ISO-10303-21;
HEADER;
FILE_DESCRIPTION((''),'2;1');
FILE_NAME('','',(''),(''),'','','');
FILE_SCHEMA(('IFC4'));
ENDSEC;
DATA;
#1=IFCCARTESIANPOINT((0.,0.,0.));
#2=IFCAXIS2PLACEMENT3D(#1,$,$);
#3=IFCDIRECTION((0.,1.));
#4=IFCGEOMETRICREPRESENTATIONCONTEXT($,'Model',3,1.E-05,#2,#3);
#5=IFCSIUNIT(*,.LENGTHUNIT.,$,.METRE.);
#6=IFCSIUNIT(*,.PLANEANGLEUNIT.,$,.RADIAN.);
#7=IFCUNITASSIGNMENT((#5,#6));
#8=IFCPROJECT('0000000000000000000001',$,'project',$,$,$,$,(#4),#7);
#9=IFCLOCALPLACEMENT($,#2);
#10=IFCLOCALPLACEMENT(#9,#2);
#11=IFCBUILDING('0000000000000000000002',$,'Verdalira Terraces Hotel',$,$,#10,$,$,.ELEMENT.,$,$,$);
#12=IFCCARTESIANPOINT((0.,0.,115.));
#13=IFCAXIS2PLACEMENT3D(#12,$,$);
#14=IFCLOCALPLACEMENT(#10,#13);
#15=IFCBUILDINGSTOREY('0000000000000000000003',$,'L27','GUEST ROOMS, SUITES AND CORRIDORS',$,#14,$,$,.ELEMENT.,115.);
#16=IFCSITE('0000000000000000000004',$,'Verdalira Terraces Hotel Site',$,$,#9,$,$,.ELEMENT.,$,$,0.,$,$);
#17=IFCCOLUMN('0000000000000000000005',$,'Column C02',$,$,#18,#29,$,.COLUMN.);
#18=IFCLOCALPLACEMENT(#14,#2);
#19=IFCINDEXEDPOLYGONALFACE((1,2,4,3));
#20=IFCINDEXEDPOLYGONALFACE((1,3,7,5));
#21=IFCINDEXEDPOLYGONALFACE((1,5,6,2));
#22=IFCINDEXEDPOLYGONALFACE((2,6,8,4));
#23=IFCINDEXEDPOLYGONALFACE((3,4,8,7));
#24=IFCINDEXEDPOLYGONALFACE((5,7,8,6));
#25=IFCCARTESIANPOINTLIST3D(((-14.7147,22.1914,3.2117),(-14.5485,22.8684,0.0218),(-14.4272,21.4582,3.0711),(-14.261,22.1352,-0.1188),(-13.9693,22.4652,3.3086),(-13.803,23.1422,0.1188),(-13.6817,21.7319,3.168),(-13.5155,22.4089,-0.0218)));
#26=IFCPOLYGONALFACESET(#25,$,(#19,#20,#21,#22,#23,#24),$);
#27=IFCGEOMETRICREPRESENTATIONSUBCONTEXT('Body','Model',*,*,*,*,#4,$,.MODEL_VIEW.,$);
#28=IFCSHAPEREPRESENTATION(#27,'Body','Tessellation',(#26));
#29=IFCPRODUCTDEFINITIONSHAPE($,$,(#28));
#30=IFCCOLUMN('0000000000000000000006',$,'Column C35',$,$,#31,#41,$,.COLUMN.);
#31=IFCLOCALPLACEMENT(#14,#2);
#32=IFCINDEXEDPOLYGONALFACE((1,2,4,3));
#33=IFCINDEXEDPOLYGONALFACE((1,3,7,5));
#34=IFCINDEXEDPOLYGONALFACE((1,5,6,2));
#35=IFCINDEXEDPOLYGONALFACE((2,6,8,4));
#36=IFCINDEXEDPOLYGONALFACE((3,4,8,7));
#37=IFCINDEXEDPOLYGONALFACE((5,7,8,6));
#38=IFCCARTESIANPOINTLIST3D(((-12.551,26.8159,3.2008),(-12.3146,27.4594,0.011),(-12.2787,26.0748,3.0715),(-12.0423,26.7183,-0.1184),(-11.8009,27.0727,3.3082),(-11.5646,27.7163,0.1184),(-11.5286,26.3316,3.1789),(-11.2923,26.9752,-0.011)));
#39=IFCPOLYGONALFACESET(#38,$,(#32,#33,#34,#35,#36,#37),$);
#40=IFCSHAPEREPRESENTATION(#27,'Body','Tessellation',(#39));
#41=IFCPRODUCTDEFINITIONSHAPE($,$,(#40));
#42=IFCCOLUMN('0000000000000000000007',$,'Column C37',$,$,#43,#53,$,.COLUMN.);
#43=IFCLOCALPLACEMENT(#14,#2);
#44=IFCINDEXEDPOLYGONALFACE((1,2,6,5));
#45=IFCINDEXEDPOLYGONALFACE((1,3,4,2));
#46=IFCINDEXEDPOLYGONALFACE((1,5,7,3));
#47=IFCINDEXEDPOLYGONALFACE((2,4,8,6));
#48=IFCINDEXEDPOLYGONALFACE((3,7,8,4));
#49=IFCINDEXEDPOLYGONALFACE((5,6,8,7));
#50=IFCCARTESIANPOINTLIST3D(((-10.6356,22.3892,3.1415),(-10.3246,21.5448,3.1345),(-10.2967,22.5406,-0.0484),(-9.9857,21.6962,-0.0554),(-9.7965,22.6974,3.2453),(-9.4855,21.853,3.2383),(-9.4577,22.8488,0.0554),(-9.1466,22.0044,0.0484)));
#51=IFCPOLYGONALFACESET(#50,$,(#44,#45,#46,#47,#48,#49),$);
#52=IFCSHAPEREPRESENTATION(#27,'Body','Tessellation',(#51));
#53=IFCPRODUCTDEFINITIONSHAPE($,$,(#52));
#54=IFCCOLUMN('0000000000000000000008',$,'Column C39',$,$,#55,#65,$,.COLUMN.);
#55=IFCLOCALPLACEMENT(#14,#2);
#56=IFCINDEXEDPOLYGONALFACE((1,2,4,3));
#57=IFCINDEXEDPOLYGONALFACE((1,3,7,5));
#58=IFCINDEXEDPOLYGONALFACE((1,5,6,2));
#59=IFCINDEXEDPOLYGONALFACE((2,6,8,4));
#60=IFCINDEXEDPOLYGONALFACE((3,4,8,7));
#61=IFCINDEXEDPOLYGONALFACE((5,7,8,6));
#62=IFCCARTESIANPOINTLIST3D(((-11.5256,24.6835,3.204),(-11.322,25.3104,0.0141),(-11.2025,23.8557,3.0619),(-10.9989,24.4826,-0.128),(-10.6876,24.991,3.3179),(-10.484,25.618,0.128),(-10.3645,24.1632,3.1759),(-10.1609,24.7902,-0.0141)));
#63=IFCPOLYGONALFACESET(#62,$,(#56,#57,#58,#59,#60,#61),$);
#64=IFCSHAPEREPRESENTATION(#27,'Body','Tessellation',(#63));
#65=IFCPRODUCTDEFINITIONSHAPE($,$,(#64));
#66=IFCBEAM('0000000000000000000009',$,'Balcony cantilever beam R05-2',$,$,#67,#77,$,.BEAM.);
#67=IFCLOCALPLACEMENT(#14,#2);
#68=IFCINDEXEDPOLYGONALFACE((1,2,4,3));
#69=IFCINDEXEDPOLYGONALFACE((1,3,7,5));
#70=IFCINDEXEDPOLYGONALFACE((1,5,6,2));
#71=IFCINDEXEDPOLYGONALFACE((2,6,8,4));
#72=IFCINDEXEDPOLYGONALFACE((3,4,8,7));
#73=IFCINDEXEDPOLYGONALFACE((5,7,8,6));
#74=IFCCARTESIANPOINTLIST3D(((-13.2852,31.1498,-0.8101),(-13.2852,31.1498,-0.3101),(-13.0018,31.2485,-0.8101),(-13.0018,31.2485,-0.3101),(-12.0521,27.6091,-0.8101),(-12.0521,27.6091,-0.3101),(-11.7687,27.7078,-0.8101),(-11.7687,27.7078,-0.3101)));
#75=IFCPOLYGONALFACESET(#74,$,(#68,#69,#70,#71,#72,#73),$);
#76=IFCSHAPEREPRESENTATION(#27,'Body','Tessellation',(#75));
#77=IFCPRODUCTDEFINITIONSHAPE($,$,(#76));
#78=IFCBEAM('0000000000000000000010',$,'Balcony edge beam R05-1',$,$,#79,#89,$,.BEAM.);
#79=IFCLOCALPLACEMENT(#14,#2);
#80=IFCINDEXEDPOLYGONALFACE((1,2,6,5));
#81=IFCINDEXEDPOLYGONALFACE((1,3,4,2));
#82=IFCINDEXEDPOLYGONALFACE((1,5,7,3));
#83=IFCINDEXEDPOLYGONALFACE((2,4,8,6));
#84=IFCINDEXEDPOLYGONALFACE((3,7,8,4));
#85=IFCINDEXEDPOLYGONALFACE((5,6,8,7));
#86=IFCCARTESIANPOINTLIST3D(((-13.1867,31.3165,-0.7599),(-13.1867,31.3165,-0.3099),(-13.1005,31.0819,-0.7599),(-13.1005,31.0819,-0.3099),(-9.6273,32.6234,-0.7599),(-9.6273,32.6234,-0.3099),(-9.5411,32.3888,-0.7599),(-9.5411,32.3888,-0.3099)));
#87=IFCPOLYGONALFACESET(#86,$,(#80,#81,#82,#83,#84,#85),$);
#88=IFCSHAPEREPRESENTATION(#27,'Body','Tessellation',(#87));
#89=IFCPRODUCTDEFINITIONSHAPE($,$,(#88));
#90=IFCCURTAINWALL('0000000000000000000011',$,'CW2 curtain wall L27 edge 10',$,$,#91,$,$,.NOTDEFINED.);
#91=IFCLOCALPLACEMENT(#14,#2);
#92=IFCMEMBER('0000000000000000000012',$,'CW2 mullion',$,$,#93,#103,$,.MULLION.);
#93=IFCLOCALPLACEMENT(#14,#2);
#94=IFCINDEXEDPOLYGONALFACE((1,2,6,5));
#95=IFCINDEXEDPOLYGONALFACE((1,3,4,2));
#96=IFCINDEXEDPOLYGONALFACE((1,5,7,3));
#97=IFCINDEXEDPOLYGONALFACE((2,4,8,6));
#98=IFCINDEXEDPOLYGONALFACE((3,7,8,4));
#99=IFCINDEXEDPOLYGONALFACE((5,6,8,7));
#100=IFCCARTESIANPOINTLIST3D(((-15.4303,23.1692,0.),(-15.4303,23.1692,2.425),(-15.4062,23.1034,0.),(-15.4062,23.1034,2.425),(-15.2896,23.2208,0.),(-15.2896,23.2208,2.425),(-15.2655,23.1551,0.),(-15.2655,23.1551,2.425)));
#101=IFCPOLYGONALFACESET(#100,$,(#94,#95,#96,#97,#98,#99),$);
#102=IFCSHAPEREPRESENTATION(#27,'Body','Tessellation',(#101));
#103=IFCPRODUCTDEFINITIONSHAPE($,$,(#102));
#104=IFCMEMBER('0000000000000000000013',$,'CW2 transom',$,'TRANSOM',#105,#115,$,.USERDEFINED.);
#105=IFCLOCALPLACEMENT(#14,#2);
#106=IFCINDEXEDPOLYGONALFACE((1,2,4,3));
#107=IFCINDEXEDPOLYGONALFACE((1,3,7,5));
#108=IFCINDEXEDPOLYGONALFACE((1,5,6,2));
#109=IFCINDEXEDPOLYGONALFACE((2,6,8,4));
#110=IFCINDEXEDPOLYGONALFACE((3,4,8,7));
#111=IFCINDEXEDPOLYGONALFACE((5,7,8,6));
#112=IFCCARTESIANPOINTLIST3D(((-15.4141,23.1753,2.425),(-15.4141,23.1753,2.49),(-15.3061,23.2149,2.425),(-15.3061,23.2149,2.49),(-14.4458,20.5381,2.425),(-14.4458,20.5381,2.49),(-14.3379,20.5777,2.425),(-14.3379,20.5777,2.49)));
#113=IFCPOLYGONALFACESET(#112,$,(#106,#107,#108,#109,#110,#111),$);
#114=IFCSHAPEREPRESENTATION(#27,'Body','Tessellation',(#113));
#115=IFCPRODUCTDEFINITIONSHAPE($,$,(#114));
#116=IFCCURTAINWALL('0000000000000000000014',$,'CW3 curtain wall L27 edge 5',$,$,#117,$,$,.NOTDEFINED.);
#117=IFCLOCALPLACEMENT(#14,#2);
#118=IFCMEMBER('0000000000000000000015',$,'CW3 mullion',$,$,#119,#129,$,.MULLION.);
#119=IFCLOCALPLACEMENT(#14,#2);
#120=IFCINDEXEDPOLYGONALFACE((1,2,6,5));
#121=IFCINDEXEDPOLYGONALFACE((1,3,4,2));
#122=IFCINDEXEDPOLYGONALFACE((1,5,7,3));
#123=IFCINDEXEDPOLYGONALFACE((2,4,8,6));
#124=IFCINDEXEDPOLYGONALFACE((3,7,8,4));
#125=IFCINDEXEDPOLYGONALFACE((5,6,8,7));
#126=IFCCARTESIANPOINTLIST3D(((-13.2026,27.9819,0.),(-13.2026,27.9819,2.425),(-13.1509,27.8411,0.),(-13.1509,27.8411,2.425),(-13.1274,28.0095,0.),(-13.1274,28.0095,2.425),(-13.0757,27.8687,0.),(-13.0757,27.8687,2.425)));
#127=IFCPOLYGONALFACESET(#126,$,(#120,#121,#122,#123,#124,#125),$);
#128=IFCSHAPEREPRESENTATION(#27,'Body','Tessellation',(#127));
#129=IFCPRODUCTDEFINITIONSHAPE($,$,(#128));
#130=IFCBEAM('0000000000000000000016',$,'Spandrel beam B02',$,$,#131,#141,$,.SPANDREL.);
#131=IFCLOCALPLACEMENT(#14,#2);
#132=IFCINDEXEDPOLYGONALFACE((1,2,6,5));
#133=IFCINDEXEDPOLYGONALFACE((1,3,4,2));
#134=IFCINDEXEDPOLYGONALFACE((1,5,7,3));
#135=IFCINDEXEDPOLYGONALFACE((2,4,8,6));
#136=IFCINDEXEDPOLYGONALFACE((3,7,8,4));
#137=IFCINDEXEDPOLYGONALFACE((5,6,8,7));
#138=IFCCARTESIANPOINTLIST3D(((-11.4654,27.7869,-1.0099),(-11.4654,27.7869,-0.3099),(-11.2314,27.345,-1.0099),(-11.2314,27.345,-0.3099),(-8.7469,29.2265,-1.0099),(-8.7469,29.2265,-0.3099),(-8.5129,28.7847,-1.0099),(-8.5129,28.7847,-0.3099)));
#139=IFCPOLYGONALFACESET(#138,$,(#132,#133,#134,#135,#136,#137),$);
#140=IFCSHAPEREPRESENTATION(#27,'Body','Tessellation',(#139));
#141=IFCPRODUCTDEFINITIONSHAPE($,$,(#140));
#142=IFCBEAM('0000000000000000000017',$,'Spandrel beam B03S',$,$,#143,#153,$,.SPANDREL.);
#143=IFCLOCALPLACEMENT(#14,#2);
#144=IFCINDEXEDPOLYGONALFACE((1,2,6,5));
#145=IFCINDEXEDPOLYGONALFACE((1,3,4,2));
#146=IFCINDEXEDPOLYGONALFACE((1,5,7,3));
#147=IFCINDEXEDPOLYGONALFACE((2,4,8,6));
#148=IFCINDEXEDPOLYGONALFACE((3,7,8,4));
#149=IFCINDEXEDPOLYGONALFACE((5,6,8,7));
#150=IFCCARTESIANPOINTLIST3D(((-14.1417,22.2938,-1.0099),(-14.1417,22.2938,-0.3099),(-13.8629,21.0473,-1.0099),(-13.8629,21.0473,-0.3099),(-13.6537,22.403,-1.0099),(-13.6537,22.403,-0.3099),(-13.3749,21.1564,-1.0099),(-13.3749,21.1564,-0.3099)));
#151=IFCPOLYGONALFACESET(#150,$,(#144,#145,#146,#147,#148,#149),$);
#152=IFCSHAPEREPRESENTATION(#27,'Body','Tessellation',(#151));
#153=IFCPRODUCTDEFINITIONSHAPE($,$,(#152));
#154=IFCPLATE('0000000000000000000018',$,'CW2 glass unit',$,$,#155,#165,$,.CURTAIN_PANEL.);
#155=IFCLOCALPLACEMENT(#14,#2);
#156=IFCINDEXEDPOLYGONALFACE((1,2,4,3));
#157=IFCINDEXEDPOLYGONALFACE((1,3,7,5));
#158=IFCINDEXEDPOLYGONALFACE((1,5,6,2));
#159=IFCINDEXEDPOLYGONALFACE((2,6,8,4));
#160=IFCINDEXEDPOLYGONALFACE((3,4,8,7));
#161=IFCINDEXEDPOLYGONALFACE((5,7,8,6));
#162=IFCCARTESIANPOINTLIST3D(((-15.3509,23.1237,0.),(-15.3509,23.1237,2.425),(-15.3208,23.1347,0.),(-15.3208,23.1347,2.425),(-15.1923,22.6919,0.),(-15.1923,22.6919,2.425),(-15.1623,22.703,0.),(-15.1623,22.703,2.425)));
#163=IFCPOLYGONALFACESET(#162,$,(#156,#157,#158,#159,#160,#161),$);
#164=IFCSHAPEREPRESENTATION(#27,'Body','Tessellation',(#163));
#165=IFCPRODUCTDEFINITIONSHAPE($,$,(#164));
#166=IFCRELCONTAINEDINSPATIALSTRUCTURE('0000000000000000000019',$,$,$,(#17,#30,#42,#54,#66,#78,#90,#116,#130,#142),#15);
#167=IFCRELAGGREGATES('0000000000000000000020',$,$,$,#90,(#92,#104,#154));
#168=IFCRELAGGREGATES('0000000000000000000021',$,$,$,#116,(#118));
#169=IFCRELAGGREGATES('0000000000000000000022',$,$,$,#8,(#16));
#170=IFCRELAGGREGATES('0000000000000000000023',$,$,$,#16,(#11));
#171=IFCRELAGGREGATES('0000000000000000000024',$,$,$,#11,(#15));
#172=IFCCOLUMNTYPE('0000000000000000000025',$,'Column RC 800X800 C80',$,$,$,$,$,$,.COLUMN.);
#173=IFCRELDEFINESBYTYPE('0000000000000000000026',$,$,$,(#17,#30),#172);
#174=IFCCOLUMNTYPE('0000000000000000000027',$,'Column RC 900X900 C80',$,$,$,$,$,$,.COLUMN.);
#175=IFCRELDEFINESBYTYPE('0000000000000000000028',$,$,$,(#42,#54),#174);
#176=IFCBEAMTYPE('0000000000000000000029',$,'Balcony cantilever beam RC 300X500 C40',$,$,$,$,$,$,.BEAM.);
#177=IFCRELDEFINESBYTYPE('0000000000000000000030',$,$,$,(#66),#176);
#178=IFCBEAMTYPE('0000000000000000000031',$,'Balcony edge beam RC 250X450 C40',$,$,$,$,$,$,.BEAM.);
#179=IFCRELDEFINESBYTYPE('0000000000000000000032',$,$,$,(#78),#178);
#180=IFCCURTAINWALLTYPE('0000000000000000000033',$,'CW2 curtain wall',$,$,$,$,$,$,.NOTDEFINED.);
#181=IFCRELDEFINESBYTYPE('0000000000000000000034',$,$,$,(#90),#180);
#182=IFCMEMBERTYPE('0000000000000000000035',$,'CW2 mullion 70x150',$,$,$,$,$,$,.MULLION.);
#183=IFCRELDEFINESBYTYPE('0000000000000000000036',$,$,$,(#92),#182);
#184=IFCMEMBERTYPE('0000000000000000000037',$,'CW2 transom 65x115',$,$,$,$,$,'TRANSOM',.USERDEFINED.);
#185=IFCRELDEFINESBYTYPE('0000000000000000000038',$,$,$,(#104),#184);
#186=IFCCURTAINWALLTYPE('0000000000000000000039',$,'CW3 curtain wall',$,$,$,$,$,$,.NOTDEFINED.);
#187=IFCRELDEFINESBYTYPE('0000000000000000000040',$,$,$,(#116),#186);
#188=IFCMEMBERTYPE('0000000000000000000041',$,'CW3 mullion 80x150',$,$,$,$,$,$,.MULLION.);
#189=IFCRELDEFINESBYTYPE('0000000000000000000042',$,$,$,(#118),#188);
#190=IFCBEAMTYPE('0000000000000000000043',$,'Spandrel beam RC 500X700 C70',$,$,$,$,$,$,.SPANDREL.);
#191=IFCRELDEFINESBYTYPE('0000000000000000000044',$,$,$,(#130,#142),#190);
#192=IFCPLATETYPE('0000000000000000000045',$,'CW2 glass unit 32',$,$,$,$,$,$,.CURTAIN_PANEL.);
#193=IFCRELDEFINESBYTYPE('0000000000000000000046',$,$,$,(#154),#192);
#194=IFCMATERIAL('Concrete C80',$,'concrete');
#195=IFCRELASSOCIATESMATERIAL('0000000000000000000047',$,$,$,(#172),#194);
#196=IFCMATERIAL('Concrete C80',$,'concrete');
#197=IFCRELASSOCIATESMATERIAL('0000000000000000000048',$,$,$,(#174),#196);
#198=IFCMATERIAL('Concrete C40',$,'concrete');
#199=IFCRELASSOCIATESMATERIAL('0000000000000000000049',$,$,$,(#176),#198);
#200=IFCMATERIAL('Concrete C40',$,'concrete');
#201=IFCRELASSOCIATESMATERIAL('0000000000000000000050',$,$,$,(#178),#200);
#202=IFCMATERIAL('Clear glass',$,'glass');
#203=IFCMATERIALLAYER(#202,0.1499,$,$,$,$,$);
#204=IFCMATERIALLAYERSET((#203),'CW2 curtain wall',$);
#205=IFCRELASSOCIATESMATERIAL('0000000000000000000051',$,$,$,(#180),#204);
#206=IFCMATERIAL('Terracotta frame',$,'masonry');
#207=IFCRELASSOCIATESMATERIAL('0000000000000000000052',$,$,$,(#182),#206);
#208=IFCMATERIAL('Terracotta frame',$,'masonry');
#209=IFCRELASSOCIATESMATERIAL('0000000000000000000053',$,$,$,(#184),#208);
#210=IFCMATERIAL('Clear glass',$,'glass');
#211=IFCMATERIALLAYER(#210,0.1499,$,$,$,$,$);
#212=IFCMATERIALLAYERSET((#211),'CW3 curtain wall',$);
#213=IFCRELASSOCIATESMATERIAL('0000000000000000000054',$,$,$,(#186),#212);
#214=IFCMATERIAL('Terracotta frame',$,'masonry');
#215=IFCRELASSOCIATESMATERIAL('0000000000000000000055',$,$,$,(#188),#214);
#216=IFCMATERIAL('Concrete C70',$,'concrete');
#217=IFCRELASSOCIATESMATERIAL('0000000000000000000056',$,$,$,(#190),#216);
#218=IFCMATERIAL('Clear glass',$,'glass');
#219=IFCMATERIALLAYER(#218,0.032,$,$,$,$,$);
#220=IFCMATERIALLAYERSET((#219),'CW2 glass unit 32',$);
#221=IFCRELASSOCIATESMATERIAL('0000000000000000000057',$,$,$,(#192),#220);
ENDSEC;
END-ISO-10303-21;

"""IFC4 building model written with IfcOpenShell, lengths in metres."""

from ifc_helpers import new_model, si_unit, direction, frame, origin, origin_2d, place, context, subcontext, project, spatial, rectangle, extrude, material, layer, layer_set, material_profile, profile_set, type_object, element, aggregate, save


model = new_model("IFC4")

# Units and contexts
model_context = context("Model", 3, precision=1e-05, world=origin(), true_north=direction((0.0, 1.0)))
body_context = subcontext(model_context, "Body", "Model", "MODEL_VIEW")
ifc_project = project(units=[si_unit("LENGTHUNIT", "METRE"), si_unit("PLANEANGLEUNIT", "RADIAN")], contexts=[model_context])

# Site, building, storey
site_placement = place(None, origin())
site = spatial("IfcSite", under=ifc_project, at=site_placement, Name="Verdalira Terraces Hotel Site", CompositionType="ELEMENT", RefElevation=0.0)
building_placement = place(site_placement, origin())
building = spatial("IfcBuilding", under=site, at=building_placement, Name="Verdalira Terraces Hotel", CompositionType="ELEMENT")
storey_placement = place(building_placement, frame((0.0, 0.0, 115.0)))
storey = spatial("IfcBuildingStorey", under=building, at=storey_placement, Name="L27", Description="GUEST ROOMS, SUITES AND CORRIDORS", CompositionType="ELEMENT", Elevation=115.0)

# Columns
ifc_material_1 = material(Name="Concrete C80", Category="concrete")
ifc_material_profile_1 = material_profile(ifc_material_1, rectangle(XDim=0.8, YDim=0.8, at=origin_2d()), Name="RC 800X800")
ifc_profile_set_1 = profile_set([ifc_material_profile_1], Name="Concrete C80")
column_type_1 = type_object("IfcColumnType", Name="Column RC 800X800 C80", PredefinedType="COLUMN", material=ifc_profile_set_1)
column_1_placement = place(storey_placement, frame((-14.032, 22.6387, 0.0), z_axis=(-0.050918, -0.207337, 0.976944), x_axis=(0.359403, -0.916479, -0.175772)))
element("IfcColumn", 1, at=column_1_placement, inside=storey, type_object=column_type_1, Name="Column C02", PredefinedType="COLUMN", context=body_context, shape_type="SweptSolid", body=[
    extrude(rectangle(XDim=0.8, YDim=0.8, at=origin_2d()), origin(), (0.0, 0.0, 1.0), 3.2651),
])
column_2_placement = place(storey_placement, frame((-11.8035, 27.2173, 0.0), z_axis=(-0.072432, -0.197241, 0.977676), x_axis=(-0.937506, -0.321039, -0.134224)))
element("IfcColumn", 2, at=column_2_placement, inside=storey, type_object=column_type_1, Name="Column C35", PredefinedType="COLUMN", context=body_context, shape_type="SweptSolid", body=[
    extrude(rectangle(XDim=0.8, YDim=0.8, at=origin_2d()), origin(), (0.0, 0.0, 1.0), 3.2627),
])
ifc_material_2 = material(Name="Concrete C80", Category="concrete")
ifc_material_profile_2 = material_profile(ifc_material_2, rectangle(XDim=0.8999, YDim=0.8999, at=origin_2d()), Name="RC 900X900")
ifc_profile_set_2 = profile_set([ifc_material_profile_2], Name="Concrete C80")
column_type_2 = type_object("IfcColumnType", Name="Column RC 900X900 C80", PredefinedType="COLUMN", material=ifc_profile_set_2)
column_3_placement = place(storey_placement, frame((-9.7217, 22.2725, 0.0), z_axis=(-0.105518, -0.047133, 0.9933), x_axis=(-0.34563, 0.938338, 0.007809)))
element("IfcColumn", 3, at=column_3_placement, inside=storey, type_object=column_type_2, Name="Column C37", PredefinedType="COLUMN", context=body_context, shape_type="SweptSolid", body=[
    extrude(rectangle(XDim=0.8999, YDim=0.8999, at=origin_2d()), origin(), (0.0, 0.0, 1.0), 3.2114),
])
column_4_placement = place(storey_placement, frame((-10.7415, 25.0503, 0.0), z_axis=(-0.062509, -0.192474, 0.979309), x_axis=(-0.359051, 0.919869, 0.157873)))
element("IfcColumn", 4, at=column_4_placement, inside=storey, type_object=column_type_2, Name="Column C39", PredefinedType="COLUMN", context=body_context, shape_type="SweptSolid", body=[
    extrude(rectangle(XDim=0.8999, YDim=0.8999, at=origin_2d()), origin(), (0.0, 0.0, 1.0), 3.2573),
])

# Beams
ifc_material_3 = material(Name="Concrete C40", Category="concrete")
ifc_material_profile_3 = material_profile(ifc_material_3, rectangle(XDim=0.3, YDim=0.5, at=origin_2d()), Name="RC 300X500")
ifc_profile_set_3 = profile_set([ifc_material_profile_3], Name="Concrete C40")
beam_type_1 = type_object("IfcBeamType", Name="Balcony cantilever beam RC 300X500 C40", PredefinedType="BEAM", material=ifc_profile_set_3)
beam_1_placement = place(storey_placement, frame((-11.9104, 27.6584, -0.5601), z_axis=(-0.328897, 0.944366, 0.0), x_axis=(-0.944366, -0.328897, 0.0)))
element("IfcBeam", 5, at=beam_1_placement, inside=storey, type_object=beam_type_1, Name="Balcony cantilever beam R05-2", PredefinedType="BEAM", context=body_context, shape_type="SweptSolid", body=[
    extrude(rectangle(XDim=0.3, YDim=0.5, at=origin_2d()), origin(), (0.0, 0.0, 1.0), 3.7493),
])
ifc_material_4 = material(Name="Concrete C40", Category="concrete")
ifc_material_profile_4 = material_profile(ifc_material_4, rectangle(XDim=0.25, YDim=0.45, at=origin_2d()), Name="RC 250X450")
ifc_profile_set_4 = profile_set([ifc_material_profile_4], Name="Concrete C40")
beam_type_2 = type_object("IfcBeamType", Name="Balcony edge beam RC 250X450 C40", PredefinedType="BEAM", material=ifc_profile_set_4)
beam_2_placement = place(storey_placement, frame((-9.5842, 32.5061, -0.5349), z_axis=(-0.938723, -0.344673, 0.0), x_axis=(0.344673, -0.938723, 0.0)))
element("IfcBeam", 6, at=beam_2_placement, inside=storey, type_object=beam_type_2, Name="Balcony edge beam R05-1", PredefinedType="BEAM", context=body_context, shape_type="SweptSolid", body=[
    extrude(rectangle(XDim=0.25, YDim=0.45, at=origin_2d()), origin(), (0.0, 0.0, 1.0), 3.7917),
])

# Curtain wall, members
ifc_material_5 = material(Name="Clear glass", Category="glass")
ifc_layer_1 = layer(ifc_material_5, 0.1499)
ifc_layer_set_1 = layer_set([ifc_layer_1], Name="CW2 curtain wall")
curtain_wall_type_1 = type_object("IfcCurtainWallType", Name="CW2 curtain wall", PredefinedType="NOTDEFINED", material=ifc_layer_set_1)
curtain_wall_1_placement = place(storey_placement, origin())
curtain_wall_1 = element("IfcCurtainWall", 7, at=curtain_wall_1_placement, inside=storey, type_object=curtain_wall_type_1, Name="CW2 curtain wall L27 edge 10", PredefinedType="NOTDEFINED")
ifc_material_6 = material(Name="Terracotta frame", Category="masonry")
ifc_material_profile_5 = material_profile(ifc_material_6, rectangle(XDim=0.0701, YDim=0.1499, at=origin_2d()), Name="MU 70x150")
ifc_profile_set_5 = profile_set([ifc_material_profile_5], Name="Terracotta frame")
member_type_1 = type_object("IfcMemberType", Name="CW2 mullion 70x150", PredefinedType="MULLION", material=ifc_profile_set_5)
member_1_placement = place(storey_placement, frame((-15.3479, 23.1621, 0.0), z_axis=(0.0, 0.0, 1.0), x_axis=(0.344643, -0.938734, 0.0)))
member_1 = element("IfcMember", 8, at=member_1_placement, type_object=member_type_1, Name="CW2 mullion", PredefinedType="MULLION", context=body_context, shape_type="SweptSolid", body=[
    extrude(rectangle(XDim=0.0701, YDim=0.1499, at=origin_2d()), origin(), (0.0, 0.0, 1.0), 2.425),
])
ifc_material_7 = material(Name="Terracotta frame", Category="masonry")
ifc_material_profile_6 = material_profile(ifc_material_7, rectangle(XDim=0.115, YDim=0.0649, at=origin_2d()), Name="TR 65x115")
ifc_profile_set_6 = profile_set([ifc_material_profile_6], Name="Terracotta frame")
member_type_2 = type_object("IfcMemberType", Name="CW2 transom 65x115", ElementType="TRANSOM", PredefinedType="USERDEFINED", material=ifc_profile_set_6)
member_2_placement = place(storey_placement, frame((-15.3601, 23.1951, 2.4575), z_axis=(0.344658, -0.938728, 0.0), x_axis=(0.938728, 0.344658, 0.0)))
member_2 = element("IfcMember", 9, at=member_2_placement, type_object=member_type_2, Name="CW2 transom", ObjectType="TRANSOM", PredefinedType="USERDEFINED", context=body_context, shape_type="SweptSolid", body=[
    extrude(rectangle(XDim=0.115, YDim=0.0649, at=origin_2d()), origin(), (0.0, 0.0, 1.0), 2.8093),
])

# Curtain wall, member
ifc_material_8 = material(Name="Clear glass", Category="glass")
ifc_layer_2 = layer(ifc_material_8, 0.1499)
ifc_layer_set_2 = layer_set([ifc_layer_2], Name="CW3 curtain wall")
curtain_wall_type_2 = type_object("IfcCurtainWallType", Name="CW3 curtain wall", PredefinedType="NOTDEFINED", material=ifc_layer_set_2)
curtain_wall_2_placement = place(storey_placement, origin())
curtain_wall_2 = element("IfcCurtainWall", 10, at=curtain_wall_2_placement, inside=storey, type_object=curtain_wall_type_2, Name="CW3 curtain wall L27 edge 5", PredefinedType="NOTDEFINED")
ifc_material_9 = material(Name="Terracotta frame", Category="masonry")
ifc_material_profile_7 = material_profile(ifc_material_9, rectangle(XDim=0.0801, YDim=0.1499, at=origin_2d()), Name="MU 80x150")
ifc_profile_set_7 = profile_set([ifc_material_profile_7], Name="Terracotta frame")
member_type_3 = type_object("IfcMemberType", Name="CW3 mullion 80x150", PredefinedType="MULLION", material=ifc_profile_set_7)
member_3_placement = place(storey_placement, frame((-13.1392, 27.9253, 0.0), z_axis=(0.0, 0.0, 1.0), x_axis=(-0.938734, -0.344643, 0.0)))
member_3 = element("IfcMember", 11, at=member_3_placement, type_object=member_type_3, Name="CW3 mullion", PredefinedType="MULLION", context=body_context, shape_type="SweptSolid", body=[
    extrude(rectangle(XDim=0.0801, YDim=0.1499, at=origin_2d()), origin(), (0.0, 0.0, 1.0), 2.425),
])

# Beams
ifc_material_10 = material(Name="Concrete C70", Category="concrete")
ifc_material_profile_8 = material_profile(ifc_material_10, rectangle(XDim=0.5, YDim=0.7, at=origin_2d()), Name="RC 500X700")
ifc_profile_set_8 = profile_set([ifc_material_profile_8], Name="Concrete C70")
beam_type_3 = type_object("IfcBeamType", Name="Spandrel beam RC 500X700 C70", PredefinedType="SPANDREL", material=ifc_profile_set_8)
beam_3_placement = place(storey_placement, frame((-8.6299, 29.0056, -0.6599), z_axis=(-0.883722, -0.468012, 0.0), x_axis=(0.468012, -0.883722, 0.0)))
element("IfcBeam", 12, at=beam_3_placement, inside=storey, type_object=beam_type_3, Name="Spandrel beam B02", PredefinedType="SPANDREL", context=body_context, shape_type="SweptSolid", body=[
    extrude(rectangle(XDim=0.5, YDim=0.7, at=origin_2d()), origin(), (0.0, 0.0, 1.0), 3.0762),
])
beam_4_placement = place(storey_placement, frame((-13.8977, 22.3484, -0.6599), z_axis=(0.218266, -0.975889, 0.0), x_axis=(0.975889, 0.218266, 0.0)))
element("IfcBeam", 13, at=beam_4_placement, inside=storey, type_object=beam_type_3, Name="Spandrel beam B03S", PredefinedType="SPANDREL", context=body_context, shape_type="SweptSolid", body=[
    extrude(rectangle(XDim=0.5, YDim=0.7, at=origin_2d()), origin(), (0.0, 0.0, 1.0), 1.2773),
])

# Plate
ifc_material_11 = material(Name="Clear glass", Category="glass")
ifc_layer_3 = layer(ifc_material_11, 0.032)
ifc_layer_set_3 = layer_set([ifc_layer_3], Name="CW2 glass unit 32")
plate_type_1 = type_object("IfcPlateType", Name="CW2 glass unit 32", PredefinedType="CURTAIN_PANEL", material=ifc_layer_set_3)
plate_1_placement = place(storey_placement, frame((-15.2566, 22.9133, 0.0), z_axis=(0.0, 0.0, 1.0), x_axis=(0.344643, -0.938734, 0.0)))
plate_1 = element("IfcPlate", 14, at=plate_1_placement, type_object=plate_type_1, Name="CW2 glass unit", PredefinedType="CURTAIN_PANEL", context=body_context, shape_type="SweptSolid", body=[
    extrude(rectangle(XDim=0.46, YDim=0.032, at=origin_2d()), origin(), (0.0, 0.0, 1.0), 2.425),
])
aggregate(curtain_wall_1, [member_1, member_2, plate_1])
aggregate(curtain_wall_2, [member_3])

save(model, "model.ifc")
